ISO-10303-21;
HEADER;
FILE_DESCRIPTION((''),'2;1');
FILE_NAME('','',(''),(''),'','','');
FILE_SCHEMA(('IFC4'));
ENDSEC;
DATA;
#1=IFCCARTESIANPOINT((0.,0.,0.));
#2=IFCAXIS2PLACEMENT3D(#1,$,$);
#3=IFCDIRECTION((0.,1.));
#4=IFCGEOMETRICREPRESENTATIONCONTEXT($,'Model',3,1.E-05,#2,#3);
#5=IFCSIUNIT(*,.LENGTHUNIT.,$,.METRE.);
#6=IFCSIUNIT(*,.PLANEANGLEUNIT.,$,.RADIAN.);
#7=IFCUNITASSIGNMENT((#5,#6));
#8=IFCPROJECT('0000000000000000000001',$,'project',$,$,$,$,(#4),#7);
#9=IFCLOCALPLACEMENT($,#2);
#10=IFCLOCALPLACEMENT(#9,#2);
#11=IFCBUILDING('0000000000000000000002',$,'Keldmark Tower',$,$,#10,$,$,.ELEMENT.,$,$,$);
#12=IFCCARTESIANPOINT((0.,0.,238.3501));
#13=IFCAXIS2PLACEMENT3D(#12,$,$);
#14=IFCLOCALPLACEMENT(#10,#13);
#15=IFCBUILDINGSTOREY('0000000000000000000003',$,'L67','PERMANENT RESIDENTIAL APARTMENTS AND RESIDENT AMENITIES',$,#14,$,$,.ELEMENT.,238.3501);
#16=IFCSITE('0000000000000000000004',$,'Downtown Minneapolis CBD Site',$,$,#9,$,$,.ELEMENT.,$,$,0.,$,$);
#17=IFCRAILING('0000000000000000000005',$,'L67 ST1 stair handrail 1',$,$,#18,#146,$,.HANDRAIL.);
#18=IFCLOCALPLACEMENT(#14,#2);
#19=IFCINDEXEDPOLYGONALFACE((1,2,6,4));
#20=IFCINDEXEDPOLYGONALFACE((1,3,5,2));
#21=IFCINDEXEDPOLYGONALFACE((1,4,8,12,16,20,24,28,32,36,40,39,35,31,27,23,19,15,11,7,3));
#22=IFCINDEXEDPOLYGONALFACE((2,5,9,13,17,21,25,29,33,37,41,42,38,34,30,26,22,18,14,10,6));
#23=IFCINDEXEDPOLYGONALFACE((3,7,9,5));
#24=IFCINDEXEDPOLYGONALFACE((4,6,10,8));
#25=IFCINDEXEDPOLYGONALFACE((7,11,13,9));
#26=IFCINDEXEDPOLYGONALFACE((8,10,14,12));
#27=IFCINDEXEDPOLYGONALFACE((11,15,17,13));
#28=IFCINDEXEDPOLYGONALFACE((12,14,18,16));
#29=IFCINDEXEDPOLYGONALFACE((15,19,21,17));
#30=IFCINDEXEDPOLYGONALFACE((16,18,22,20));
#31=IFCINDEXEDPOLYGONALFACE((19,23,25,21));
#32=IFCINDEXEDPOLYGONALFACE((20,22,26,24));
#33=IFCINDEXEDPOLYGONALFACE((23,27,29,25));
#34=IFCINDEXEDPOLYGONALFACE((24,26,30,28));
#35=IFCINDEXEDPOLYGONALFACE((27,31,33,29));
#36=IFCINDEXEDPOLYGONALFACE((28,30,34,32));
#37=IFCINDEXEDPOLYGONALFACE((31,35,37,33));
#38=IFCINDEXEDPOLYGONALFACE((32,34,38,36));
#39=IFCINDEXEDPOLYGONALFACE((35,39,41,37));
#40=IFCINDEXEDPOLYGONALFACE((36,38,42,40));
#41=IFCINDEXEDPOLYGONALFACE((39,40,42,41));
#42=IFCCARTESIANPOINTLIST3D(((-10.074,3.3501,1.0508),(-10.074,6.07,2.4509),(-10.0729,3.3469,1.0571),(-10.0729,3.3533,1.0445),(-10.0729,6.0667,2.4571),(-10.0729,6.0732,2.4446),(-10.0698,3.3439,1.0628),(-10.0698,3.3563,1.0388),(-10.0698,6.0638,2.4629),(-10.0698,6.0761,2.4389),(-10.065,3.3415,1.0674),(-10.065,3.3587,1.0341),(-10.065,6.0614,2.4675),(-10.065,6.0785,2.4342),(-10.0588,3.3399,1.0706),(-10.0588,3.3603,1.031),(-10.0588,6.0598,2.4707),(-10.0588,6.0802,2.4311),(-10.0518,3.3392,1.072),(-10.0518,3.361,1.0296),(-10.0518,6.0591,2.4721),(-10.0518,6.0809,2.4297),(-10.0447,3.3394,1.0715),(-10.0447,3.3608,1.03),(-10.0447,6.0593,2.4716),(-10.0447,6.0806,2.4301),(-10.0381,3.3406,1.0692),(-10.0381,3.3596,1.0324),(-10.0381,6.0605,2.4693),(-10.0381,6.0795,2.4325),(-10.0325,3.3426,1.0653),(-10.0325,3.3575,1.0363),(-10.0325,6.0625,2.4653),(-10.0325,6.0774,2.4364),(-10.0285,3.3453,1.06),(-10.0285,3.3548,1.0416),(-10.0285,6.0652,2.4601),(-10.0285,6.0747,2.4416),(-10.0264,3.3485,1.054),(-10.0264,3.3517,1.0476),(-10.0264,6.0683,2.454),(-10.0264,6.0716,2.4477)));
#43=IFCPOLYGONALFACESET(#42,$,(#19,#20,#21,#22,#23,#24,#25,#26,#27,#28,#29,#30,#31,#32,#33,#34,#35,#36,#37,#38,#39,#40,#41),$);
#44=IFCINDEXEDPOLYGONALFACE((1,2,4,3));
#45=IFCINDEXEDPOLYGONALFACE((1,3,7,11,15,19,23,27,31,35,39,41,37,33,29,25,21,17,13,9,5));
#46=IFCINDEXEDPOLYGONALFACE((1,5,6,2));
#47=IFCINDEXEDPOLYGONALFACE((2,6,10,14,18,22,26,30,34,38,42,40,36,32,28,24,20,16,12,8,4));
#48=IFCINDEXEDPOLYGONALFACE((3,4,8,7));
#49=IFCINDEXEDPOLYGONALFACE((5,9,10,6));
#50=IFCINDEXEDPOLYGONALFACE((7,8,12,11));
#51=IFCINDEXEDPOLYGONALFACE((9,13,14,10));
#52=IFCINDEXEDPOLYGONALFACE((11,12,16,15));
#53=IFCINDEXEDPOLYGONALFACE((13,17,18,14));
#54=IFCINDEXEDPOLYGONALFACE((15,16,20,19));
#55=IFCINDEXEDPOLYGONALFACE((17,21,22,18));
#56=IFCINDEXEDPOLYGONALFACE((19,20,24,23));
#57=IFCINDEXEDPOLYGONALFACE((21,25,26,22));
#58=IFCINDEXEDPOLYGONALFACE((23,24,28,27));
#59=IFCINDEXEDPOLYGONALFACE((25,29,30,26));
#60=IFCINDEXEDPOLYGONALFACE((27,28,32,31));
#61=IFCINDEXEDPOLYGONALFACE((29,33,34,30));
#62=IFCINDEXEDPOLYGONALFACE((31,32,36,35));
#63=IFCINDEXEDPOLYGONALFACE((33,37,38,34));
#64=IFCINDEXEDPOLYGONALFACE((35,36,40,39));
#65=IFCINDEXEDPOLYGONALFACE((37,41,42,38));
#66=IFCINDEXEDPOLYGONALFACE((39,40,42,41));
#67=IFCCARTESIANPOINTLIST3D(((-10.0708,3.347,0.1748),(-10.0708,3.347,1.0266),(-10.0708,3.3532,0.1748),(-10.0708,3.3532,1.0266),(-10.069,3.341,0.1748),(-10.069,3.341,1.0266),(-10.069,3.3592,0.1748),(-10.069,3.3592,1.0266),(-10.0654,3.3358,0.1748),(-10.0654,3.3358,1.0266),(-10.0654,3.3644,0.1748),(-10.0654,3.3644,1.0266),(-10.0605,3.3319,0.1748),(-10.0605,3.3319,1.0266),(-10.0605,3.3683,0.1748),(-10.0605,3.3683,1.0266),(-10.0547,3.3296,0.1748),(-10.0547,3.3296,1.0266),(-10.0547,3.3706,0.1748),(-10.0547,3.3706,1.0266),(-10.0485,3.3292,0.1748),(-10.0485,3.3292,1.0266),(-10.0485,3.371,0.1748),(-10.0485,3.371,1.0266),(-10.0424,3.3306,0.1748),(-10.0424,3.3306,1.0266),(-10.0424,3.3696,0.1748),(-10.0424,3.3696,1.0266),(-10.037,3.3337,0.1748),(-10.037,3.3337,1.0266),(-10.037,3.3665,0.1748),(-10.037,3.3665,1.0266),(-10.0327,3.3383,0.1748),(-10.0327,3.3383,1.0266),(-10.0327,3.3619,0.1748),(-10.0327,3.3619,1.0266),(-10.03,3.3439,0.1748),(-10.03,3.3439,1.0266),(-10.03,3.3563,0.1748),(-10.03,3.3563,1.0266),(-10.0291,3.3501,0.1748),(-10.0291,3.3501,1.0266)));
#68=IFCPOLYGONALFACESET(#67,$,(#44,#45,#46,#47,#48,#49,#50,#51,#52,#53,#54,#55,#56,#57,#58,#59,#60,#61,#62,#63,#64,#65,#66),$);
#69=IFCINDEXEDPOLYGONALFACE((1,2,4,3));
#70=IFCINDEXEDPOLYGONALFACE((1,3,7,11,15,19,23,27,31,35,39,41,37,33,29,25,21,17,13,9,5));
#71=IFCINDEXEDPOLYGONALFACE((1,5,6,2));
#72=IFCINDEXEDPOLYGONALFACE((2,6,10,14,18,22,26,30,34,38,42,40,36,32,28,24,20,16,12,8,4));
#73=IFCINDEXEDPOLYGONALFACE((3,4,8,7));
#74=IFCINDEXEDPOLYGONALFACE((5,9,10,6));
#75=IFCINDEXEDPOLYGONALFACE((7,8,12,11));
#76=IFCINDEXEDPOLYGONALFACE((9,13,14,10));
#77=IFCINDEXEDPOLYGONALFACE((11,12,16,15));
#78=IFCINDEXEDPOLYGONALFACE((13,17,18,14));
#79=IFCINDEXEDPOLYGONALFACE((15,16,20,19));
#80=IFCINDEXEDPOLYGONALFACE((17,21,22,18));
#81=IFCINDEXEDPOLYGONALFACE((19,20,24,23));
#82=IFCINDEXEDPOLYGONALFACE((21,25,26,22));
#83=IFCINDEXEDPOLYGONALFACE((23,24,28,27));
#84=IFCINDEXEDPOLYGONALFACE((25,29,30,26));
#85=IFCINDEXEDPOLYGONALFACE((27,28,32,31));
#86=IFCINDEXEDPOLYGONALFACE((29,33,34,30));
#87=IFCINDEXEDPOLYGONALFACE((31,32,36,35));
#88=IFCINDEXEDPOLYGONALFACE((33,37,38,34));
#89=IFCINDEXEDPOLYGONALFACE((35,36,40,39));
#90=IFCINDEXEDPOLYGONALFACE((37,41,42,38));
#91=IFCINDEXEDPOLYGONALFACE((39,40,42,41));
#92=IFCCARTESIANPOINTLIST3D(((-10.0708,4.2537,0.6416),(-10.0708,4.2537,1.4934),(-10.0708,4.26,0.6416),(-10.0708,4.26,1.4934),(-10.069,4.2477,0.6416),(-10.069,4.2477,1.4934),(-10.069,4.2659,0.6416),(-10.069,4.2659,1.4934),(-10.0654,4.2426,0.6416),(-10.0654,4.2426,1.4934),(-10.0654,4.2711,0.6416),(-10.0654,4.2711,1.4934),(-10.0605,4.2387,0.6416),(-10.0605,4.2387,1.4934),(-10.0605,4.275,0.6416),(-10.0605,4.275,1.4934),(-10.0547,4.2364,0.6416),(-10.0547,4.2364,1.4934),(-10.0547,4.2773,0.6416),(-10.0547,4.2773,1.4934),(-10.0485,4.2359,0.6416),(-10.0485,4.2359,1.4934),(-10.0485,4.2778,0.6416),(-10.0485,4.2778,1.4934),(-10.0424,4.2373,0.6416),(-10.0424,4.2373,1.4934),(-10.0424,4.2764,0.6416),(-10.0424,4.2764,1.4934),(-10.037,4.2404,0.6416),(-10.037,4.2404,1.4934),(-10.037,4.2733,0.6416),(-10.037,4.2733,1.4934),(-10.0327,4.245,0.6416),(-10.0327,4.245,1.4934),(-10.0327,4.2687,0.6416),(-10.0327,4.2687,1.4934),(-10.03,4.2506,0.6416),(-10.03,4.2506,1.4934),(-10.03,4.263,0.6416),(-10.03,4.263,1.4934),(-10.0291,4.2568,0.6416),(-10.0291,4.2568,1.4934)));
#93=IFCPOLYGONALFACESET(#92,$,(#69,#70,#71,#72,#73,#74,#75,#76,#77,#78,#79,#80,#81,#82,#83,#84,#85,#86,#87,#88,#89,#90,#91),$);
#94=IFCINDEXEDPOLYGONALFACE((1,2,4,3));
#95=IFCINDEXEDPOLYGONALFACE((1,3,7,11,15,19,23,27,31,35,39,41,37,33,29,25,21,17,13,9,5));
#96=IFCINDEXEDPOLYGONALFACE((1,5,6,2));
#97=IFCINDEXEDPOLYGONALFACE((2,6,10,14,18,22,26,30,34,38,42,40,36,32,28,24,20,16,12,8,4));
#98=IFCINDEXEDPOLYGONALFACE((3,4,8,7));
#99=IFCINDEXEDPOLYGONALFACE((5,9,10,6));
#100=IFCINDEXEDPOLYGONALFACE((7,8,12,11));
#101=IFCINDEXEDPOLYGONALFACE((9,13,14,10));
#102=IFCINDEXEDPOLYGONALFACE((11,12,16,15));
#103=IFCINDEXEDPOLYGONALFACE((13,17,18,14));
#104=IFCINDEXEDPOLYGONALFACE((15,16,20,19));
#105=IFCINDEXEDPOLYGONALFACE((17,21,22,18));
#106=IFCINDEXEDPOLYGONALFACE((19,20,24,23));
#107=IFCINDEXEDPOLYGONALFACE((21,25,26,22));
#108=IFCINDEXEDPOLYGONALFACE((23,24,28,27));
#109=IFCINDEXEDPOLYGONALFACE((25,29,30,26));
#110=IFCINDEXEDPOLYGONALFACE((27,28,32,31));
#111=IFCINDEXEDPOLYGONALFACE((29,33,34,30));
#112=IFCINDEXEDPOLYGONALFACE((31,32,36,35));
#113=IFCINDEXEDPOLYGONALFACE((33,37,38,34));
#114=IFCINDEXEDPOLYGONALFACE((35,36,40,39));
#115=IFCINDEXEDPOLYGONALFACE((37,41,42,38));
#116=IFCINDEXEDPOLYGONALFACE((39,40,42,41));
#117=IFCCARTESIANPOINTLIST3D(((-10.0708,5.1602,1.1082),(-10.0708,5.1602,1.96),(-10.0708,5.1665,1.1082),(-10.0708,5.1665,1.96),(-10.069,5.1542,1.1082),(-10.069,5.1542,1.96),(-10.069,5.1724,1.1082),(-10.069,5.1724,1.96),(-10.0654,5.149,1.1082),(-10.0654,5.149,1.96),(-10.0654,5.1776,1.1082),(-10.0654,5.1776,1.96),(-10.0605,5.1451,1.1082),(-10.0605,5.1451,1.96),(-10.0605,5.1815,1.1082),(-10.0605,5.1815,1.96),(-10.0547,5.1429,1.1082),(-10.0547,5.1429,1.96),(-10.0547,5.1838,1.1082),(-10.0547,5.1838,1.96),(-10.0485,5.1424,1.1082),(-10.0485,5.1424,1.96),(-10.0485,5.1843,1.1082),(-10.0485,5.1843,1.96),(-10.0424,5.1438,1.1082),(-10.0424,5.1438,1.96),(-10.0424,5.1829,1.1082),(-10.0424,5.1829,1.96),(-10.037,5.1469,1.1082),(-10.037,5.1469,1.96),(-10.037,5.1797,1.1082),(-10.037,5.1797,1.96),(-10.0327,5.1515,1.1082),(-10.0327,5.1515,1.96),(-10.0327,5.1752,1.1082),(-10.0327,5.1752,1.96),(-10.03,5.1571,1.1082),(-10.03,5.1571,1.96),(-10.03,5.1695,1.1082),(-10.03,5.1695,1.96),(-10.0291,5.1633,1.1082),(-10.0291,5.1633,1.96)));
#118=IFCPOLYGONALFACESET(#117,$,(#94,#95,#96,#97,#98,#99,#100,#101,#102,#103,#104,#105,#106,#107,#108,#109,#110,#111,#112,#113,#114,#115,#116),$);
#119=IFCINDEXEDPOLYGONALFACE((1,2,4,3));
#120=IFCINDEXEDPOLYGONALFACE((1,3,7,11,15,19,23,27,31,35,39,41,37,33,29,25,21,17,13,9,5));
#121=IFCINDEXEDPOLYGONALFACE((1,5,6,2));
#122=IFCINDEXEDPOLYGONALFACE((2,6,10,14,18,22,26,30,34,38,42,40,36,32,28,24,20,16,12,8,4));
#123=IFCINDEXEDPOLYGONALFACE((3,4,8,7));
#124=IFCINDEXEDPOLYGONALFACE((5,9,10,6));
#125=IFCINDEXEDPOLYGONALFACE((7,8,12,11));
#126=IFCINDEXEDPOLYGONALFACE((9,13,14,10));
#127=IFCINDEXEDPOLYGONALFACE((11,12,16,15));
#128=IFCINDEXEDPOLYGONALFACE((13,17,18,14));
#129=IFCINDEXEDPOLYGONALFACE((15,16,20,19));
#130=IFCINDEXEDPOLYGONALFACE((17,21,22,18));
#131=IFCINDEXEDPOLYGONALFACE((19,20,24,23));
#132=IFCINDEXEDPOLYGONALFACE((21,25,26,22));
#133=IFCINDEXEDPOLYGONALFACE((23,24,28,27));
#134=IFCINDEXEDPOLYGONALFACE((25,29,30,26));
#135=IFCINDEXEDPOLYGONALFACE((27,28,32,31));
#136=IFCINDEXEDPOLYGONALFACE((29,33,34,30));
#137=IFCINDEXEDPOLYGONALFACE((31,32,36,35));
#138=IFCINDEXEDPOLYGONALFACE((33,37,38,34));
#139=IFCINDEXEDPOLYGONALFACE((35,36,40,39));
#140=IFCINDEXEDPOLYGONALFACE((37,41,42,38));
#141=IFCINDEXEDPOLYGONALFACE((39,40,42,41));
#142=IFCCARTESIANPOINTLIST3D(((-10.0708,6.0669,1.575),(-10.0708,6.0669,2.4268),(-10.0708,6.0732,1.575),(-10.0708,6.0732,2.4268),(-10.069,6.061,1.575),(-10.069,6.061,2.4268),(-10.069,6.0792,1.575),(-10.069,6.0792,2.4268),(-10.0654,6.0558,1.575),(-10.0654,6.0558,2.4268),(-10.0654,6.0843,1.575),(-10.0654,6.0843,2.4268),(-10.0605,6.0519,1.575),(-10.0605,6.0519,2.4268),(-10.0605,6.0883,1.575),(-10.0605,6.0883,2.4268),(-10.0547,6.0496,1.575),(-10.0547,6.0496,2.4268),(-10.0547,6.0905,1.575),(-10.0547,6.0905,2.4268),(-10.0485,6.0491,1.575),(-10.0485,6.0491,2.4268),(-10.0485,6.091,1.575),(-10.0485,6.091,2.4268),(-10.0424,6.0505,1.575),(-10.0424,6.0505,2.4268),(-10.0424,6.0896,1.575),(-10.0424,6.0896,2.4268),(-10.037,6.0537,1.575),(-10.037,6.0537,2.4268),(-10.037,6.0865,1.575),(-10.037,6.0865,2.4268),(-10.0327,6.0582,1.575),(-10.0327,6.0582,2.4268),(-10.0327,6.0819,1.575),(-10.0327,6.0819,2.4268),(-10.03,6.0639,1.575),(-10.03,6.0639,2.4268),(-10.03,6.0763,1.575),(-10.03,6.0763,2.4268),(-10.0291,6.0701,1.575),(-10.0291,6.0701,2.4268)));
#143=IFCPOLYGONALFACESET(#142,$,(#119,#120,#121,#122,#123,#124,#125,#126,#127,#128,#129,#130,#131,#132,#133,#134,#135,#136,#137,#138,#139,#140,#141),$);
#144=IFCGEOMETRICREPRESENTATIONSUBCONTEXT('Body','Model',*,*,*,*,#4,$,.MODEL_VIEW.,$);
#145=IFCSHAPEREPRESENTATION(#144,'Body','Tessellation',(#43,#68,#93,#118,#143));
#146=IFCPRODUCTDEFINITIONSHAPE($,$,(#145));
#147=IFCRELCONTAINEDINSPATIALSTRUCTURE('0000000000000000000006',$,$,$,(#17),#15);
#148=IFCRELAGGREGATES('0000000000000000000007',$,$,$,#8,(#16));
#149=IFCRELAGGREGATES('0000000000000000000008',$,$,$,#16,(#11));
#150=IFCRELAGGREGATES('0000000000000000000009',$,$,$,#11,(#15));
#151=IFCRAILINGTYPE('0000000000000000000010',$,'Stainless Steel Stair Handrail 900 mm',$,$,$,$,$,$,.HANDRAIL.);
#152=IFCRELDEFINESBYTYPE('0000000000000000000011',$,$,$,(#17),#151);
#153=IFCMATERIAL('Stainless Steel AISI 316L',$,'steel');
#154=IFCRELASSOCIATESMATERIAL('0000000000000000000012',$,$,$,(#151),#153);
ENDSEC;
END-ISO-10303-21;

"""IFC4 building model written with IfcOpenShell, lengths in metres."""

from ifc_helpers import new_model, si_unit, direction, frame, origin, origin_2d, place, context, subcontext, project, spatial, circle, extrude, material, type_object, element, save


model = new_model("IFC4")

# Units and contexts
model_context = context("Model", 3, precision=1e-05, world=origin(), true_north=direction((0.0, 1.0)))
body_context = subcontext(model_context, "Body", "Model", "MODEL_VIEW")
ifc_project = project(units=[si_unit("LENGTHUNIT", "METRE"), si_unit("PLANEANGLEUNIT", "RADIAN")], contexts=[model_context])

# Site, building, storey
site_placement = place(None, origin())
site = spatial("IfcSite", under=ifc_project, at=site_placement, Name="Downtown Minneapolis CBD Site", CompositionType="ELEMENT", RefElevation=0.0)
building_placement = place(site_placement, origin())
building = spatial("IfcBuilding", under=site, at=building_placement, Name="Keldmark Tower", CompositionType="ELEMENT")
storey_placement = place(building_placement, frame((0.0, 0.0, 238.3501)))
storey = spatial("IfcBuildingStorey", under=building, at=storey_placement, Name="L67", Description="PERMANENT RESIDENTIAL APARTMENTS AND RESIDENT AMENITIES", CompositionType="ELEMENT", Elevation=238.3501)

# Railing
ifc_material_1 = material(Name="Stainless Steel AISI 316L", Category="steel")
railing_type = type_object("IfcRailingType", Name="Stainless Steel Stair Handrail 900 mm", PredefinedType="HANDRAIL", material=ifc_material_1)
railing_placement = place(storey_placement, frame((-10.05, 3.3501, 0.1748)))
element("IfcRailing", 1, at=railing_placement, inside=storey, type_object=railing_type, Name="L67 ST1 stair handrail 1", PredefinedType="HANDRAIL", context=body_context, shape_type="SweptSolid", body=[
    extrude(circle(Radius=0.0239, at=origin_2d()), frame((0.0, 0.0, 0.876), z_axis=(0.0, 0.889114, 0.457685), x_axis=(-1.0, 0.0, 0.0)), (0.0, 0.0, 1.0), 3.0591),
    extrude(circle(Radius=0.021, at=origin_2d()), origin(), (0.0, 0.0, 1.0), 0.8518),
    extrude(circle(Radius=0.021, at=origin_2d()), frame((0.0, 0.9067, 0.4668)), (0.0, 0.0, 1.0), 0.8518),
    extrude(circle(Radius=0.021, at=origin_2d()), frame((0.0, 1.8132, 0.9333)), (0.0, 0.0, 1.0), 0.8518),
    extrude(circle(Radius=0.021, at=origin_2d()), frame((0.0, 2.72, 1.4001)), (0.0, 0.0, 1.0), 0.8518),
])

save(model, "model.ifc")
